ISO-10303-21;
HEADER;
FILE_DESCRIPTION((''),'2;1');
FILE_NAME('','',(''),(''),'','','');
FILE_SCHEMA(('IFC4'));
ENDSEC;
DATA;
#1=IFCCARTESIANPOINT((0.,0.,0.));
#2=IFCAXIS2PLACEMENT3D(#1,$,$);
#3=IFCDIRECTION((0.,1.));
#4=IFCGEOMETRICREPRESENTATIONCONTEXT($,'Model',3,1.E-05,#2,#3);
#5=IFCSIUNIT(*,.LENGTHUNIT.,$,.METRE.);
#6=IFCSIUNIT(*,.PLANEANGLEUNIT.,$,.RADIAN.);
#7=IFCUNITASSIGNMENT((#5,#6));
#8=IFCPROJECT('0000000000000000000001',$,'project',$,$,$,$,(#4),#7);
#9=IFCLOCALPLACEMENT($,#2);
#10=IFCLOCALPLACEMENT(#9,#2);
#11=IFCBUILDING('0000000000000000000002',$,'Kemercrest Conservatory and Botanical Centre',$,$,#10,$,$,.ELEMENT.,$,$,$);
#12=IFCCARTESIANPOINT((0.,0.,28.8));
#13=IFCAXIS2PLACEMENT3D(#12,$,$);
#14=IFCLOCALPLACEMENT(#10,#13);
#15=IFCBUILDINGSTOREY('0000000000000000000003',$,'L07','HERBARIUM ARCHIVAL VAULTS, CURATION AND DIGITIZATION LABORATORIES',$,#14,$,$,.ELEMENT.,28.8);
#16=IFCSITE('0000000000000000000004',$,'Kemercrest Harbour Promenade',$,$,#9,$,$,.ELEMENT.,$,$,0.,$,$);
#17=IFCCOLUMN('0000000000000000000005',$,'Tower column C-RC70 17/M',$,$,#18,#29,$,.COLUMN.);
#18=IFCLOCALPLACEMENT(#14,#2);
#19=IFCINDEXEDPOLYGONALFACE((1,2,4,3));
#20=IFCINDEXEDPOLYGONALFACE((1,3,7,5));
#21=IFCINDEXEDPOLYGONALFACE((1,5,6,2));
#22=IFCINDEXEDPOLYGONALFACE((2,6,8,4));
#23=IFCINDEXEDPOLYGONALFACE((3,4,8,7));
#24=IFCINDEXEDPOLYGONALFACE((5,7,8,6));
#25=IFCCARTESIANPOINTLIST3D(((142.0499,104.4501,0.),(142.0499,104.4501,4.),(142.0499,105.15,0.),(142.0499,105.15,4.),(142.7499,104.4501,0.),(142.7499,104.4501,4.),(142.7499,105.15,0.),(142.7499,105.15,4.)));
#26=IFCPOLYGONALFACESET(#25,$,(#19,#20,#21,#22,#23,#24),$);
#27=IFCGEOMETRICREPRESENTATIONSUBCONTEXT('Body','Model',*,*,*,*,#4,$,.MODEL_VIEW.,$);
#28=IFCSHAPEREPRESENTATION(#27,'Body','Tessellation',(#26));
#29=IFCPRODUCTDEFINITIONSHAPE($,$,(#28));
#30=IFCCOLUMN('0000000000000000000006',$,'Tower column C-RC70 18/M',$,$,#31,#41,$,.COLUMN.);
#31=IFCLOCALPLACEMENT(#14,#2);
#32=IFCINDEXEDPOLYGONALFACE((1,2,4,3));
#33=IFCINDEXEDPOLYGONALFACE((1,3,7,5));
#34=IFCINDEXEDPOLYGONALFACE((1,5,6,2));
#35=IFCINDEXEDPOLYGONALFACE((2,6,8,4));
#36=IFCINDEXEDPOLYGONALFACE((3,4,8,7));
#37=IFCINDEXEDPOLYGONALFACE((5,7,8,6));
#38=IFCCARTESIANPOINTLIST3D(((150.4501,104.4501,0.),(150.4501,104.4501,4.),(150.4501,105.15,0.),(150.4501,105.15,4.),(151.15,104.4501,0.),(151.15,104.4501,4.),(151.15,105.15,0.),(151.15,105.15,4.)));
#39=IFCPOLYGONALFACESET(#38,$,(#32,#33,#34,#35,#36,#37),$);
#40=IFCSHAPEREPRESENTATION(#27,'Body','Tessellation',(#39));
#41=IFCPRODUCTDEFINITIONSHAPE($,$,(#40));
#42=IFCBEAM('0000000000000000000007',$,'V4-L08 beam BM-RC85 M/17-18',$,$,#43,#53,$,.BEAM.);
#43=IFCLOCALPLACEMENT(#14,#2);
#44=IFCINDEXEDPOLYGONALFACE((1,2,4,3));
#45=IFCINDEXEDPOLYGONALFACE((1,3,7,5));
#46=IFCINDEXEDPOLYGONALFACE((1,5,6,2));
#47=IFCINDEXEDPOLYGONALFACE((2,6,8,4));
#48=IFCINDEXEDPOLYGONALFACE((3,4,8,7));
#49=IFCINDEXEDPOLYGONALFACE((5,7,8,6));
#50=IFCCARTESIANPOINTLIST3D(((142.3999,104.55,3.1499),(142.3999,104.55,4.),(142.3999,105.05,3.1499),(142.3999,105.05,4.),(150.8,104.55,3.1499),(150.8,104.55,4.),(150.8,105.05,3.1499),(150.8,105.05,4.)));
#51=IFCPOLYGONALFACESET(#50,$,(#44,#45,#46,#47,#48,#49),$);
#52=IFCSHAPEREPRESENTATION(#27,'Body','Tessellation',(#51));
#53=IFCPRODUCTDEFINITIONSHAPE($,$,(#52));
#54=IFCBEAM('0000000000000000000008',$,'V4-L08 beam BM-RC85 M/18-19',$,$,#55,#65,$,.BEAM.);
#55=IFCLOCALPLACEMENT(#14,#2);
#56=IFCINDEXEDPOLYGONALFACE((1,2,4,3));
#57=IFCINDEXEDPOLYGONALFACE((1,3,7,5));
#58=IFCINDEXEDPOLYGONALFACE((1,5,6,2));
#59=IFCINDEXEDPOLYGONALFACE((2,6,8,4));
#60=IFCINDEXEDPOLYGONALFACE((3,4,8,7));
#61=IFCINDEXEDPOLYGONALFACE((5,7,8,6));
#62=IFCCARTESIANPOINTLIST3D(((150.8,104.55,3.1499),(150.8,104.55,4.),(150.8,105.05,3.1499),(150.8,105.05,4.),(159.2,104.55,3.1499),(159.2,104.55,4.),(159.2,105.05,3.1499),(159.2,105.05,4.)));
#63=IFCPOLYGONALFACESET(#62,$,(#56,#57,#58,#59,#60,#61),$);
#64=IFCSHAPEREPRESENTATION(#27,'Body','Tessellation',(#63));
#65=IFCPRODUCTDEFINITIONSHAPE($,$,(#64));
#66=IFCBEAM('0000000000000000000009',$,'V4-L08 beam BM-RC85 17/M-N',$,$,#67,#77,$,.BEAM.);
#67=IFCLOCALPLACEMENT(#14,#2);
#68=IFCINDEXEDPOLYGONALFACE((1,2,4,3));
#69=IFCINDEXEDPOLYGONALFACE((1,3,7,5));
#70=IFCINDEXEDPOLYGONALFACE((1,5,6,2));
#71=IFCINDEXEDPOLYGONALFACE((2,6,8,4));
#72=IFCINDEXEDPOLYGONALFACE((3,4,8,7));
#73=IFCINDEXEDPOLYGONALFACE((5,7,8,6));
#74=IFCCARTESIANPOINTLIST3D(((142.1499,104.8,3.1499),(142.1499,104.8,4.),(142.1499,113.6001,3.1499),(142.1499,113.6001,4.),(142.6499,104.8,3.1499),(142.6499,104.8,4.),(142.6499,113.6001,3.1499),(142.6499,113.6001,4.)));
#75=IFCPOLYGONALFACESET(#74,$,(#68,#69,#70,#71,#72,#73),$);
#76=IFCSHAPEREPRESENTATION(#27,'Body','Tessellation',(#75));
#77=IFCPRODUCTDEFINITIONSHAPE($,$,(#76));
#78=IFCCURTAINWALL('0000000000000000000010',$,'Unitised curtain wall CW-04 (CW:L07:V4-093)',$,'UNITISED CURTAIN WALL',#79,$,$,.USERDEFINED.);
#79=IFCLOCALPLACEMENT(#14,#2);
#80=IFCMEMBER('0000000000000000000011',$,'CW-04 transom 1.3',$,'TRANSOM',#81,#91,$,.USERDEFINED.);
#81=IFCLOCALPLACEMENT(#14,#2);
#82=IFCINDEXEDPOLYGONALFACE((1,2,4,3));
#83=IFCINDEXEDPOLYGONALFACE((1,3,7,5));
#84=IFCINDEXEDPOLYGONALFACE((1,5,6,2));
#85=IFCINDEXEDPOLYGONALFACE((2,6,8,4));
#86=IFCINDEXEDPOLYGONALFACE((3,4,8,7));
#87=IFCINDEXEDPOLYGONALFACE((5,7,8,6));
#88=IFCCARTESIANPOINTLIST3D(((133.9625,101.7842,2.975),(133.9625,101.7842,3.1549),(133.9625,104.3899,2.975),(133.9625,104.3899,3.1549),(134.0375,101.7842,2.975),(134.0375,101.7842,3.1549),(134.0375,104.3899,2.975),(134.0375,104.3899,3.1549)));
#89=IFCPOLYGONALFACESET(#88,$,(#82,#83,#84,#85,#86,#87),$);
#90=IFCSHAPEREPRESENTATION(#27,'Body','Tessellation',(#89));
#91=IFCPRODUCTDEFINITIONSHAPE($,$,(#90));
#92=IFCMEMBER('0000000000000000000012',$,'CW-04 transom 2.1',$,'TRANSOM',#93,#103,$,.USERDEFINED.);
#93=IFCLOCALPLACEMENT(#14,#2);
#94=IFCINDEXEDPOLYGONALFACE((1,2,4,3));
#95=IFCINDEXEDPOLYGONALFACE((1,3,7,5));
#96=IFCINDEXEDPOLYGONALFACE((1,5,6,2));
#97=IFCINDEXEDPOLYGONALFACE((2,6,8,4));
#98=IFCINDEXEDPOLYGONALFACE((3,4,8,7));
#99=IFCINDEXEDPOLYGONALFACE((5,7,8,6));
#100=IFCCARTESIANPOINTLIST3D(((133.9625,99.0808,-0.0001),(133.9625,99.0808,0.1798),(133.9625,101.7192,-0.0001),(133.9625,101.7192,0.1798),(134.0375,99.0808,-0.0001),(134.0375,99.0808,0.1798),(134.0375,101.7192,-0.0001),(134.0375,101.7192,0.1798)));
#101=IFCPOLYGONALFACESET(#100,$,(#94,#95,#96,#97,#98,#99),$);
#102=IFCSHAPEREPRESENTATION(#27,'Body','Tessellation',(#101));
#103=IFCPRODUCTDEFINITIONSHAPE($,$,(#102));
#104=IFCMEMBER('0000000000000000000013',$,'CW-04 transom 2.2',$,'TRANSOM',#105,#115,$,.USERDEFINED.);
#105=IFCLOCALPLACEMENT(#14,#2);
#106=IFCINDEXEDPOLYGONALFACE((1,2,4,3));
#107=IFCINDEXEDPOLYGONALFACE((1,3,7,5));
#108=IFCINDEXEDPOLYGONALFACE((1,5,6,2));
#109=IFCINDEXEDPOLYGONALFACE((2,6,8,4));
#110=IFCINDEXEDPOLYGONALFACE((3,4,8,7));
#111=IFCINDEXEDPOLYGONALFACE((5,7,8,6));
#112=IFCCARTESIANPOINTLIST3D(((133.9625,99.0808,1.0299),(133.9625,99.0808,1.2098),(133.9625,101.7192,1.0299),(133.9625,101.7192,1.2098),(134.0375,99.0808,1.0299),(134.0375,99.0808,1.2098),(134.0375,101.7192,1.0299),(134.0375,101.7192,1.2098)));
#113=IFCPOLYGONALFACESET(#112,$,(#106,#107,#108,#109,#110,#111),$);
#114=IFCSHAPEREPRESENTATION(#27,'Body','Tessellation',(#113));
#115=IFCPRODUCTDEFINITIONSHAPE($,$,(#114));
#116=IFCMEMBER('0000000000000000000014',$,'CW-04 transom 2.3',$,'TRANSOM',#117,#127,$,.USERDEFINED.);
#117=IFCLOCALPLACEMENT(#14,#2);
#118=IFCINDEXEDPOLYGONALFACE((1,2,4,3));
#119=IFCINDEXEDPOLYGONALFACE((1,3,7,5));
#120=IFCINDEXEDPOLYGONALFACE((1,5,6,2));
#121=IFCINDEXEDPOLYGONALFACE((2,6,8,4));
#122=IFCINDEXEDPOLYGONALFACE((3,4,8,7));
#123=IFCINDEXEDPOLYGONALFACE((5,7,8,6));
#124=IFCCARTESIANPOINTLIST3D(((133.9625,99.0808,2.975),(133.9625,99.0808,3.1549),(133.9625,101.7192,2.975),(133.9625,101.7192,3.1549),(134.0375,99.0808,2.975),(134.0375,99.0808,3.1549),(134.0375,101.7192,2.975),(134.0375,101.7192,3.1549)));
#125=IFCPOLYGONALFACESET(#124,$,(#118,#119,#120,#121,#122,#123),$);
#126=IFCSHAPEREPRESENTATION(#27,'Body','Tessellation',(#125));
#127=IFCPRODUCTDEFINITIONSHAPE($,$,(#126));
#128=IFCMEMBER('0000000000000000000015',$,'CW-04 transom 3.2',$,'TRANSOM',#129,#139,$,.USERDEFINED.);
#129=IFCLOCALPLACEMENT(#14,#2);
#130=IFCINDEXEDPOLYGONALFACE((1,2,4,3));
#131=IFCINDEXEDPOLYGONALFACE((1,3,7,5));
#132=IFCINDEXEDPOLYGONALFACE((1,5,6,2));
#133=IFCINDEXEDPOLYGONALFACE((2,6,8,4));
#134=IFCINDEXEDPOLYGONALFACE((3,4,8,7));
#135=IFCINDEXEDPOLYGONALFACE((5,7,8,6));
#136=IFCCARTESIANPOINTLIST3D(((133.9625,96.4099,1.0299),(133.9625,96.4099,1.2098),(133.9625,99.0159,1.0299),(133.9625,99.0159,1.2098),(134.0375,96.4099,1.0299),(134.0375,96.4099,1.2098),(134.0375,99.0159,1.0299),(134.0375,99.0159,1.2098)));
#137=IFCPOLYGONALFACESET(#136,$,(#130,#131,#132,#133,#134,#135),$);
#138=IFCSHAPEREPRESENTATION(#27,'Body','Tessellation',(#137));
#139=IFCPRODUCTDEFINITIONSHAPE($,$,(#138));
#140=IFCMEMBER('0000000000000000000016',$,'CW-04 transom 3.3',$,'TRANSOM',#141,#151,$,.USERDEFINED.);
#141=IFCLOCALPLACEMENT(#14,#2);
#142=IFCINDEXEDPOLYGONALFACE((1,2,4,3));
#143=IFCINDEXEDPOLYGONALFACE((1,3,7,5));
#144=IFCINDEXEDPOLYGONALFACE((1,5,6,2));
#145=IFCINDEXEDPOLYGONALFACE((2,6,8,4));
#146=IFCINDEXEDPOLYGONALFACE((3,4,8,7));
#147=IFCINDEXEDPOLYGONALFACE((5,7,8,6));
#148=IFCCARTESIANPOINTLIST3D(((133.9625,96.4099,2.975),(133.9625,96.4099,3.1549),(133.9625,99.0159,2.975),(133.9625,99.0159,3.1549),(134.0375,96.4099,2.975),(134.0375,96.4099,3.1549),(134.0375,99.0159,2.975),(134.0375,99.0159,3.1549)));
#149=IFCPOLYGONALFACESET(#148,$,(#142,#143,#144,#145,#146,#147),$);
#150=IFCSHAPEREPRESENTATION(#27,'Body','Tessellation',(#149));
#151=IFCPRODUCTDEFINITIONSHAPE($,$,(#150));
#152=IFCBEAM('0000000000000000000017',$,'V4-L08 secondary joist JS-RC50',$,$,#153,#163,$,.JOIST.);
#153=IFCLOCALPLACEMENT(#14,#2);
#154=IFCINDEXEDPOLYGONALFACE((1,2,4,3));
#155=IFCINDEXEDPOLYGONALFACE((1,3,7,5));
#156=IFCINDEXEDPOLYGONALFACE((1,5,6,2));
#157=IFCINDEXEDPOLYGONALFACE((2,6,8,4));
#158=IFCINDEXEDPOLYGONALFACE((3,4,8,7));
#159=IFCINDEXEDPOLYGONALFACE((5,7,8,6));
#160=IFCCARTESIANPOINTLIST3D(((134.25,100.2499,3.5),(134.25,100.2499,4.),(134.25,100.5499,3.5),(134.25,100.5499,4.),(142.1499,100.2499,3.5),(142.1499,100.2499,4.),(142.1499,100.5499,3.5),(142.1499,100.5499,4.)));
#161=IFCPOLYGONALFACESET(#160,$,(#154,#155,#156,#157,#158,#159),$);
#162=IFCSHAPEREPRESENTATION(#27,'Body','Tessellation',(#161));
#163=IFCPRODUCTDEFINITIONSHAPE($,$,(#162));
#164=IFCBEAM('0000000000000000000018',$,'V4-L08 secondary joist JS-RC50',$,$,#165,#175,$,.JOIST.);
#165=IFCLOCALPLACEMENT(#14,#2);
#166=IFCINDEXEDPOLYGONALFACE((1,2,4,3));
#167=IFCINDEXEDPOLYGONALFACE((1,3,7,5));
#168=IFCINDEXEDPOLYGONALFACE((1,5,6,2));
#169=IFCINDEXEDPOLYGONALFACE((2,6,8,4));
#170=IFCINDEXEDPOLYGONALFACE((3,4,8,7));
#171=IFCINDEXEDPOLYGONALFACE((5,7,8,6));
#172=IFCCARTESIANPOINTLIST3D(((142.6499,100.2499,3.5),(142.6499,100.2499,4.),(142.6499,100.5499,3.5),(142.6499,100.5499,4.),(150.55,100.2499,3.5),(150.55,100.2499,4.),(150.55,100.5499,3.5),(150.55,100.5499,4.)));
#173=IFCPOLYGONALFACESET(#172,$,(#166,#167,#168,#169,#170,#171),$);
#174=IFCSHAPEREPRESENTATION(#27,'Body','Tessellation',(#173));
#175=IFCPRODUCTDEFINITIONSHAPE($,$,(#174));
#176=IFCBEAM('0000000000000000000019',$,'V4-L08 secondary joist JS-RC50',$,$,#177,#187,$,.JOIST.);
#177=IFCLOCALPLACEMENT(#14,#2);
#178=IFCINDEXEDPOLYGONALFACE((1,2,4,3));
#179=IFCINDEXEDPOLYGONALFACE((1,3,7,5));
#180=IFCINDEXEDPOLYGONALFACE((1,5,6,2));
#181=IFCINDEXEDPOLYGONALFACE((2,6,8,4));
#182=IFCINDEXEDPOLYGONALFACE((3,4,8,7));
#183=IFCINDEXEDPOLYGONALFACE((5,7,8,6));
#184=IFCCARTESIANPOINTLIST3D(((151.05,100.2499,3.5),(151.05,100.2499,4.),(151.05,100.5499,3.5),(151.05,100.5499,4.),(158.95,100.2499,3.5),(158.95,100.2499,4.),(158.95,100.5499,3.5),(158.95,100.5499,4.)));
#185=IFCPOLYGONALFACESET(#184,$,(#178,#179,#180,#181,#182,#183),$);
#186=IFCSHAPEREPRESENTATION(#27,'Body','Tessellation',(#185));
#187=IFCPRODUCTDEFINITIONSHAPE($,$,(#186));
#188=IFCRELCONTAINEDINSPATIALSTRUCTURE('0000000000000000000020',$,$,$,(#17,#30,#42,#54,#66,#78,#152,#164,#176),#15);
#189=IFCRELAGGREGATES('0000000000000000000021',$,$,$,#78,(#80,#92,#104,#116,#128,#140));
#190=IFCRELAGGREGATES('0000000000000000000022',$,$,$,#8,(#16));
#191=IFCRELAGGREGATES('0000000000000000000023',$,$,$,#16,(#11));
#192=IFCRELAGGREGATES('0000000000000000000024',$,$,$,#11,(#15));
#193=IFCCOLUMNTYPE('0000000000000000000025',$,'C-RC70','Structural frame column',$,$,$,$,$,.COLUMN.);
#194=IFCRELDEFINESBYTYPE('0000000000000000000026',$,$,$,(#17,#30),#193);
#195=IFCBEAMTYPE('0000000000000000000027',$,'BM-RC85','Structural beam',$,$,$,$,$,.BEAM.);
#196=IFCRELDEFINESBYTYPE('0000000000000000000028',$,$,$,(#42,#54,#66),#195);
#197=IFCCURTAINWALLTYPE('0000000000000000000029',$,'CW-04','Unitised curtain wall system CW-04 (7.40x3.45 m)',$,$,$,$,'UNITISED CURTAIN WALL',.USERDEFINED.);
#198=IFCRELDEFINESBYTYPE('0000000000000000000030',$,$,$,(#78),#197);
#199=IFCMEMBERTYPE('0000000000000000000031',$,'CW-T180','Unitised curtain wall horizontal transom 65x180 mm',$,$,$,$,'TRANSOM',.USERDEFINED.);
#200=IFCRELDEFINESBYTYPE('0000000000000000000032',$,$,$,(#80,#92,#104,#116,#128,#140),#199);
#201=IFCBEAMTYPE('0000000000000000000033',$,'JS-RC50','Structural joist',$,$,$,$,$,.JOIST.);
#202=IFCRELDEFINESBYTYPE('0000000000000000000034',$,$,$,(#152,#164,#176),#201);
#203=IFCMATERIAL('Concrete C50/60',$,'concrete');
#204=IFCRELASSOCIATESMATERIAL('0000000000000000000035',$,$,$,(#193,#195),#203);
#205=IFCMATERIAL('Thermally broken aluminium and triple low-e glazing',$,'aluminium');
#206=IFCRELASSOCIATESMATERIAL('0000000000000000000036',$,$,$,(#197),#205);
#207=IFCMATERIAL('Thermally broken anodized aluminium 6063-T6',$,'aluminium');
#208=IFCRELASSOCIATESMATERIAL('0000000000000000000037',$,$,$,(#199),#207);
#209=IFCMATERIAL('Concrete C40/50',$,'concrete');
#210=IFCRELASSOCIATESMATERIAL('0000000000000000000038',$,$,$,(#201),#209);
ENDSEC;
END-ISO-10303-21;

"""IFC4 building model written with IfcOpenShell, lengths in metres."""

from ifc_helpers import new_model, si_unit, direction, frame, origin, origin_2d, place, context, subcontext, project, spatial, rectangle, extrude, material, material_profile, profile_set, type_object, element, aggregate, save


model = new_model("IFC4")

# Units and contexts
model_context = context("Model", 3, precision=1e-05, world=origin(), true_north=direction((0.0, 1.0)))
body_context = subcontext(model_context, "Body", "Model", "MODEL_VIEW")
ifc_project = project(units=[si_unit("LENGTHUNIT", "METRE"), si_unit("PLANEANGLEUNIT", "RADIAN")], contexts=[model_context])

# Site, building, storey
site_placement = place(None, origin())
site = spatial("IfcSite", under=ifc_project, at=site_placement, Name="Kemercrest Harbour Promenade", CompositionType="ELEMENT", RefElevation=0.0)
building_placement = place(site_placement, origin())
building = spatial("IfcBuilding", under=site, at=building_placement, Name="Kemercrest Conservatory and Botanical Centre", CompositionType="ELEMENT")
storey_placement = place(building_placement, frame((0.0, 0.0, 28.8)))
storey = spatial("IfcBuildingStorey", under=building, at=storey_placement, Name="L07", Description="HERBARIUM ARCHIVAL VAULTS, CURATION AND DIGITIZATION LABORATORIES", CompositionType="ELEMENT", Elevation=28.8)

# Columns
ifc_material_1 = material(Name="Concrete C50/60", Category="concrete")
ifc_material_profile_1 = material_profile(ifc_material_1, rectangle(XDim=0.7, YDim=0.7, at=origin_2d()), Name="RC 700x700")
ifc_profile_set_1 = profile_set([ifc_material_profile_1], Name="Concrete C50/60")
column_type = type_object("IfcColumnType", Name="C-RC70", Description="Structural frame column", PredefinedType="COLUMN", material=ifc_profile_set_1)
for number, where, z_axis, x_axis, name in (
    (1, (142.3999, 104.8, 0.0), (0.0, 0.0, 1.0), (1.0, 0.0, 0.0), "Tower column C-RC70 17/M"),
    (2, (150.8, 104.8, 0.0), (0.0, 0.0, 1.0), (1.0, 0.0, 0.0), "Tower column C-RC70 18/M"),
):
    element("IfcColumn", number, at=place(storey_placement, frame(where, z_axis=z_axis, x_axis=x_axis)), inside=storey, type_object=column_type, Name=name, PredefinedType="COLUMN", context=body_context, shape_type="SweptSolid", body=[
        extrude(rectangle(XDim=0.7, YDim=0.7, at=origin_2d()), origin(), (0.0, 0.0, 1.0), 4.0),
    ])

# Beams
ifc_material_profile_2 = material_profile(ifc_material_1, rectangle(XDim=0.5, YDim=0.8501, at=origin_2d()), Name="RC 500x850")
ifc_profile_set_2 = profile_set([ifc_material_profile_2], Name="Concrete C50/60")
beam_type_1 = type_object("IfcBeamType", Name="BM-RC85", Description="Structural beam", PredefinedType="BEAM", material=ifc_profile_set_2)
beam_1_placement = place(storey_placement, frame((142.3999, 104.8, 3.575), z_axis=(1.0, 0.0, 0.0), x_axis=(0.0, 1.0, 0.0)))
element("IfcBeam", 3, at=beam_1_placement, inside=storey, type_object=beam_type_1, Name="V4-L08 beam BM-RC85 M/17-18", PredefinedType="BEAM", context=body_context, shape_type="SweptSolid", body=[
    extrude(rectangle(XDim=0.5, YDim=0.8501, at=origin_2d()), origin(), (0.0, 0.0, 1.0), 8.4001),
])
beam_2_placement = place(storey_placement, frame((150.8, 104.8, 3.575), z_axis=(1.0, 0.0, 0.0), x_axis=(0.0, 1.0, 0.0)))
element("IfcBeam", 4, at=beam_2_placement, inside=storey, type_object=beam_type_1, Name="V4-L08 beam BM-RC85 M/18-19", PredefinedType="BEAM", context=body_context, shape_type="SweptSolid", body=[
    extrude(rectangle(XDim=0.5, YDim=0.8501, at=origin_2d()), origin(), (0.0, 0.0, 1.0), 8.3999),
])
beam_3_placement = place(storey_placement, frame((142.3999, 104.8, 3.575), z_axis=(0.0, 1.0, 0.0), x_axis=(-1.0, 0.0, 0.0)))
element("IfcBeam", 5, at=beam_3_placement, inside=storey, type_object=beam_type_1, Name="V4-L08 beam BM-RC85 17/M-N", PredefinedType="BEAM", context=body_context, shape_type="SweptSolid", body=[
    extrude(rectangle(XDim=0.5, YDim=0.8501, at=origin_2d()), origin(), (0.0, 0.0, 1.0), 8.8),
])

# Curtain wall, members
ifc_material_2 = material(Name="Thermally broken aluminium and triple low-e glazing", Category="aluminium")
curtain_wall_type = type_object("IfcCurtainWallType", Name="CW-04", Description="Unitised curtain wall system CW-04 (7.40x3.45 m)", ElementType="UNITISED CURTAIN WALL", PredefinedType="USERDEFINED", material=ifc_material_2)
curtain_wall_placement = place(storey_placement, origin())
curtain_wall = element("IfcCurtainWall", 6, at=curtain_wall_placement, inside=storey, type_object=curtain_wall_type, Name="Unitised curtain wall CW-04 (CW:L07:V4-093)", ObjectType="UNITISED CURTAIN WALL", PredefinedType="USERDEFINED")
ifc_material_3 = material(Name="Thermally broken anodized aluminium 6063-T6", Category="aluminium")
ifc_material_profile_3 = material_profile(ifc_material_3, rectangle(XDim=0.075, YDim=0.1799, at=origin_2d()), Name="AL TRANSOM 75x180")
ifc_profile_set_3 = profile_set([ifc_material_profile_3], Name="Thermally broken anodized aluminium 6063-T6")
member_type = type_object("IfcMemberType", Name="CW-T180", Description="Unitised curtain wall horizontal transom 65x180 mm", ElementType="TRANSOM", PredefinedType="USERDEFINED", material=ifc_profile_set_3)
member_1_placement = place(storey_placement, frame((134.0, 104.3899, 3.0649), z_axis=(0.0, -1.0, 0.0), x_axis=(1.0, 0.0, 0.0)))
member_1 = element("IfcMember", 7, at=member_1_placement, type_object=member_type, Name="CW-04 transom 1.3", ObjectType="TRANSOM", PredefinedType="USERDEFINED", context=body_context, shape_type="SweptSolid", body=[
    extrude(rectangle(XDim=0.075, YDim=0.1799, at=origin_2d()), origin(), (0.0, 0.0, 1.0), 2.6057),
])
member_2_placement = place(storey_placement, frame((134.0, 101.7192, 0.0898), z_axis=(0.0, -1.0, 0.0), x_axis=(1.0, 0.0, 0.0)))
member_2 = element("IfcMember", 8, at=member_2_placement, type_object=member_type, Name="CW-04 transom 2.1", ObjectType="TRANSOM", PredefinedType="USERDEFINED", context=body_context, shape_type="SweptSolid", body=[
    extrude(rectangle(XDim=0.075, YDim=0.1799, at=origin_2d()), origin(), (0.0, 0.0, 1.0), 2.6384),
])
member_3_placement = place(storey_placement, frame((134.0, 101.7192, 1.1199), z_axis=(0.0, -1.0, 0.0), x_axis=(1.0, 0.0, 0.0)))
member_3 = element("IfcMember", 9, at=member_3_placement, type_object=member_type, Name="CW-04 transom 2.2", ObjectType="TRANSOM", PredefinedType="USERDEFINED", context=body_context, shape_type="SweptSolid", body=[
    extrude(rectangle(XDim=0.075, YDim=0.1799, at=origin_2d()), origin(), (0.0, 0.0, 1.0), 2.6384),
])
member_4_placement = place(storey_placement, frame((134.0, 101.7192, 3.0649), z_axis=(0.0, -1.0, 0.0), x_axis=(1.0, 0.0, 0.0)))
member_4 = element("IfcMember", 10, at=member_4_placement, type_object=member_type, Name="CW-04 transom 2.3", ObjectType="TRANSOM", PredefinedType="USERDEFINED", context=body_context, shape_type="SweptSolid", body=[
    extrude(rectangle(XDim=0.075, YDim=0.1799, at=origin_2d()), origin(), (0.0, 0.0, 1.0), 2.6384),
])
member_5_placement = place(storey_placement, frame((134.0, 99.0159, 1.1199), z_axis=(0.0, -1.0, 0.0), x_axis=(1.0, 0.0, 0.0)))
member_5 = element("IfcMember", 11, at=member_5_placement, type_object=member_type, Name="CW-04 transom 3.2", ObjectType="TRANSOM", PredefinedType="USERDEFINED", context=body_context, shape_type="SweptSolid", body=[
    extrude(rectangle(XDim=0.075, YDim=0.1799, at=origin_2d()), origin(), (0.0, 0.0, 1.0), 2.606),
])
member_6_placement = place(storey_placement, frame((134.0, 99.0159, 3.0649), z_axis=(0.0, -1.0, 0.0), x_axis=(1.0, 0.0, 0.0)))
member_6 = element("IfcMember", 12, at=member_6_placement, type_object=member_type, Name="CW-04 transom 3.3", ObjectType="TRANSOM", PredefinedType="USERDEFINED", context=body_context, shape_type="SweptSolid", body=[
    extrude(rectangle(XDim=0.075, YDim=0.1799, at=origin_2d()), origin(), (0.0, 0.0, 1.0), 2.606),
])

# Beams
ifc_material_4 = material(Name="Concrete C40/50", Category="concrete")
ifc_material_profile_4 = material_profile(ifc_material_4, rectangle(XDim=0.3, YDim=0.5, at=origin_2d()), Name="RC 300x500")
ifc_profile_set_4 = profile_set([ifc_material_profile_4], Name="Concrete C40/50")
beam_type_2 = type_object("IfcBeamType", Name="JS-RC50", Description="Structural joist", PredefinedType="JOIST", material=ifc_profile_set_4)
beam_4_placement = place(storey_placement, frame((134.25, 100.3999, 3.75), z_axis=(1.0, 0.0, 0.0), x_axis=(0.0, 1.0, 0.0)))
element("IfcBeam", 13, at=beam_4_placement, inside=storey, type_object=beam_type_2, Name="V4-L08 secondary joist JS-RC50", PredefinedType="JOIST", context=body_context, shape_type="SweptSolid", body=[
    extrude(rectangle(XDim=0.3, YDim=0.5, at=origin_2d()), origin(), (0.0, 0.0, 1.0), 7.8999),
])
beam_5_placement = place(storey_placement, frame((142.6499, 100.3999, 3.75), z_axis=(1.0, 0.0, 0.0), x_axis=(0.0, 1.0, 0.0)))
element("IfcBeam", 14, at=beam_5_placement, inside=storey, type_object=beam_type_2, Name="V4-L08 secondary joist JS-RC50", PredefinedType="JOIST", context=body_context, shape_type="SweptSolid", body=[
    extrude(rectangle(XDim=0.3, YDim=0.5, at=origin_2d()), origin(), (0.0, 0.0, 1.0), 7.9001),
])
beam_6_placement = place(storey_placement, frame((151.05, 100.3999, 3.75), z_axis=(1.0, 0.0, 0.0), x_axis=(0.0, 1.0, 0.0)))
element("IfcBeam", 15, at=beam_6_placement, inside=storey, type_object=beam_type_2, Name="V4-L08 secondary joist JS-RC50", PredefinedType="JOIST", context=body_context, shape_type="SweptSolid", body=[
    extrude(rectangle(XDim=0.3, YDim=0.5, at=origin_2d()), origin(), (0.0, 0.0, 1.0), 7.8999),
])

aggregate(curtain_wall, [member_1, member_2, member_3, member_4, member_5, member_6])

save(model, "model.ifc")
